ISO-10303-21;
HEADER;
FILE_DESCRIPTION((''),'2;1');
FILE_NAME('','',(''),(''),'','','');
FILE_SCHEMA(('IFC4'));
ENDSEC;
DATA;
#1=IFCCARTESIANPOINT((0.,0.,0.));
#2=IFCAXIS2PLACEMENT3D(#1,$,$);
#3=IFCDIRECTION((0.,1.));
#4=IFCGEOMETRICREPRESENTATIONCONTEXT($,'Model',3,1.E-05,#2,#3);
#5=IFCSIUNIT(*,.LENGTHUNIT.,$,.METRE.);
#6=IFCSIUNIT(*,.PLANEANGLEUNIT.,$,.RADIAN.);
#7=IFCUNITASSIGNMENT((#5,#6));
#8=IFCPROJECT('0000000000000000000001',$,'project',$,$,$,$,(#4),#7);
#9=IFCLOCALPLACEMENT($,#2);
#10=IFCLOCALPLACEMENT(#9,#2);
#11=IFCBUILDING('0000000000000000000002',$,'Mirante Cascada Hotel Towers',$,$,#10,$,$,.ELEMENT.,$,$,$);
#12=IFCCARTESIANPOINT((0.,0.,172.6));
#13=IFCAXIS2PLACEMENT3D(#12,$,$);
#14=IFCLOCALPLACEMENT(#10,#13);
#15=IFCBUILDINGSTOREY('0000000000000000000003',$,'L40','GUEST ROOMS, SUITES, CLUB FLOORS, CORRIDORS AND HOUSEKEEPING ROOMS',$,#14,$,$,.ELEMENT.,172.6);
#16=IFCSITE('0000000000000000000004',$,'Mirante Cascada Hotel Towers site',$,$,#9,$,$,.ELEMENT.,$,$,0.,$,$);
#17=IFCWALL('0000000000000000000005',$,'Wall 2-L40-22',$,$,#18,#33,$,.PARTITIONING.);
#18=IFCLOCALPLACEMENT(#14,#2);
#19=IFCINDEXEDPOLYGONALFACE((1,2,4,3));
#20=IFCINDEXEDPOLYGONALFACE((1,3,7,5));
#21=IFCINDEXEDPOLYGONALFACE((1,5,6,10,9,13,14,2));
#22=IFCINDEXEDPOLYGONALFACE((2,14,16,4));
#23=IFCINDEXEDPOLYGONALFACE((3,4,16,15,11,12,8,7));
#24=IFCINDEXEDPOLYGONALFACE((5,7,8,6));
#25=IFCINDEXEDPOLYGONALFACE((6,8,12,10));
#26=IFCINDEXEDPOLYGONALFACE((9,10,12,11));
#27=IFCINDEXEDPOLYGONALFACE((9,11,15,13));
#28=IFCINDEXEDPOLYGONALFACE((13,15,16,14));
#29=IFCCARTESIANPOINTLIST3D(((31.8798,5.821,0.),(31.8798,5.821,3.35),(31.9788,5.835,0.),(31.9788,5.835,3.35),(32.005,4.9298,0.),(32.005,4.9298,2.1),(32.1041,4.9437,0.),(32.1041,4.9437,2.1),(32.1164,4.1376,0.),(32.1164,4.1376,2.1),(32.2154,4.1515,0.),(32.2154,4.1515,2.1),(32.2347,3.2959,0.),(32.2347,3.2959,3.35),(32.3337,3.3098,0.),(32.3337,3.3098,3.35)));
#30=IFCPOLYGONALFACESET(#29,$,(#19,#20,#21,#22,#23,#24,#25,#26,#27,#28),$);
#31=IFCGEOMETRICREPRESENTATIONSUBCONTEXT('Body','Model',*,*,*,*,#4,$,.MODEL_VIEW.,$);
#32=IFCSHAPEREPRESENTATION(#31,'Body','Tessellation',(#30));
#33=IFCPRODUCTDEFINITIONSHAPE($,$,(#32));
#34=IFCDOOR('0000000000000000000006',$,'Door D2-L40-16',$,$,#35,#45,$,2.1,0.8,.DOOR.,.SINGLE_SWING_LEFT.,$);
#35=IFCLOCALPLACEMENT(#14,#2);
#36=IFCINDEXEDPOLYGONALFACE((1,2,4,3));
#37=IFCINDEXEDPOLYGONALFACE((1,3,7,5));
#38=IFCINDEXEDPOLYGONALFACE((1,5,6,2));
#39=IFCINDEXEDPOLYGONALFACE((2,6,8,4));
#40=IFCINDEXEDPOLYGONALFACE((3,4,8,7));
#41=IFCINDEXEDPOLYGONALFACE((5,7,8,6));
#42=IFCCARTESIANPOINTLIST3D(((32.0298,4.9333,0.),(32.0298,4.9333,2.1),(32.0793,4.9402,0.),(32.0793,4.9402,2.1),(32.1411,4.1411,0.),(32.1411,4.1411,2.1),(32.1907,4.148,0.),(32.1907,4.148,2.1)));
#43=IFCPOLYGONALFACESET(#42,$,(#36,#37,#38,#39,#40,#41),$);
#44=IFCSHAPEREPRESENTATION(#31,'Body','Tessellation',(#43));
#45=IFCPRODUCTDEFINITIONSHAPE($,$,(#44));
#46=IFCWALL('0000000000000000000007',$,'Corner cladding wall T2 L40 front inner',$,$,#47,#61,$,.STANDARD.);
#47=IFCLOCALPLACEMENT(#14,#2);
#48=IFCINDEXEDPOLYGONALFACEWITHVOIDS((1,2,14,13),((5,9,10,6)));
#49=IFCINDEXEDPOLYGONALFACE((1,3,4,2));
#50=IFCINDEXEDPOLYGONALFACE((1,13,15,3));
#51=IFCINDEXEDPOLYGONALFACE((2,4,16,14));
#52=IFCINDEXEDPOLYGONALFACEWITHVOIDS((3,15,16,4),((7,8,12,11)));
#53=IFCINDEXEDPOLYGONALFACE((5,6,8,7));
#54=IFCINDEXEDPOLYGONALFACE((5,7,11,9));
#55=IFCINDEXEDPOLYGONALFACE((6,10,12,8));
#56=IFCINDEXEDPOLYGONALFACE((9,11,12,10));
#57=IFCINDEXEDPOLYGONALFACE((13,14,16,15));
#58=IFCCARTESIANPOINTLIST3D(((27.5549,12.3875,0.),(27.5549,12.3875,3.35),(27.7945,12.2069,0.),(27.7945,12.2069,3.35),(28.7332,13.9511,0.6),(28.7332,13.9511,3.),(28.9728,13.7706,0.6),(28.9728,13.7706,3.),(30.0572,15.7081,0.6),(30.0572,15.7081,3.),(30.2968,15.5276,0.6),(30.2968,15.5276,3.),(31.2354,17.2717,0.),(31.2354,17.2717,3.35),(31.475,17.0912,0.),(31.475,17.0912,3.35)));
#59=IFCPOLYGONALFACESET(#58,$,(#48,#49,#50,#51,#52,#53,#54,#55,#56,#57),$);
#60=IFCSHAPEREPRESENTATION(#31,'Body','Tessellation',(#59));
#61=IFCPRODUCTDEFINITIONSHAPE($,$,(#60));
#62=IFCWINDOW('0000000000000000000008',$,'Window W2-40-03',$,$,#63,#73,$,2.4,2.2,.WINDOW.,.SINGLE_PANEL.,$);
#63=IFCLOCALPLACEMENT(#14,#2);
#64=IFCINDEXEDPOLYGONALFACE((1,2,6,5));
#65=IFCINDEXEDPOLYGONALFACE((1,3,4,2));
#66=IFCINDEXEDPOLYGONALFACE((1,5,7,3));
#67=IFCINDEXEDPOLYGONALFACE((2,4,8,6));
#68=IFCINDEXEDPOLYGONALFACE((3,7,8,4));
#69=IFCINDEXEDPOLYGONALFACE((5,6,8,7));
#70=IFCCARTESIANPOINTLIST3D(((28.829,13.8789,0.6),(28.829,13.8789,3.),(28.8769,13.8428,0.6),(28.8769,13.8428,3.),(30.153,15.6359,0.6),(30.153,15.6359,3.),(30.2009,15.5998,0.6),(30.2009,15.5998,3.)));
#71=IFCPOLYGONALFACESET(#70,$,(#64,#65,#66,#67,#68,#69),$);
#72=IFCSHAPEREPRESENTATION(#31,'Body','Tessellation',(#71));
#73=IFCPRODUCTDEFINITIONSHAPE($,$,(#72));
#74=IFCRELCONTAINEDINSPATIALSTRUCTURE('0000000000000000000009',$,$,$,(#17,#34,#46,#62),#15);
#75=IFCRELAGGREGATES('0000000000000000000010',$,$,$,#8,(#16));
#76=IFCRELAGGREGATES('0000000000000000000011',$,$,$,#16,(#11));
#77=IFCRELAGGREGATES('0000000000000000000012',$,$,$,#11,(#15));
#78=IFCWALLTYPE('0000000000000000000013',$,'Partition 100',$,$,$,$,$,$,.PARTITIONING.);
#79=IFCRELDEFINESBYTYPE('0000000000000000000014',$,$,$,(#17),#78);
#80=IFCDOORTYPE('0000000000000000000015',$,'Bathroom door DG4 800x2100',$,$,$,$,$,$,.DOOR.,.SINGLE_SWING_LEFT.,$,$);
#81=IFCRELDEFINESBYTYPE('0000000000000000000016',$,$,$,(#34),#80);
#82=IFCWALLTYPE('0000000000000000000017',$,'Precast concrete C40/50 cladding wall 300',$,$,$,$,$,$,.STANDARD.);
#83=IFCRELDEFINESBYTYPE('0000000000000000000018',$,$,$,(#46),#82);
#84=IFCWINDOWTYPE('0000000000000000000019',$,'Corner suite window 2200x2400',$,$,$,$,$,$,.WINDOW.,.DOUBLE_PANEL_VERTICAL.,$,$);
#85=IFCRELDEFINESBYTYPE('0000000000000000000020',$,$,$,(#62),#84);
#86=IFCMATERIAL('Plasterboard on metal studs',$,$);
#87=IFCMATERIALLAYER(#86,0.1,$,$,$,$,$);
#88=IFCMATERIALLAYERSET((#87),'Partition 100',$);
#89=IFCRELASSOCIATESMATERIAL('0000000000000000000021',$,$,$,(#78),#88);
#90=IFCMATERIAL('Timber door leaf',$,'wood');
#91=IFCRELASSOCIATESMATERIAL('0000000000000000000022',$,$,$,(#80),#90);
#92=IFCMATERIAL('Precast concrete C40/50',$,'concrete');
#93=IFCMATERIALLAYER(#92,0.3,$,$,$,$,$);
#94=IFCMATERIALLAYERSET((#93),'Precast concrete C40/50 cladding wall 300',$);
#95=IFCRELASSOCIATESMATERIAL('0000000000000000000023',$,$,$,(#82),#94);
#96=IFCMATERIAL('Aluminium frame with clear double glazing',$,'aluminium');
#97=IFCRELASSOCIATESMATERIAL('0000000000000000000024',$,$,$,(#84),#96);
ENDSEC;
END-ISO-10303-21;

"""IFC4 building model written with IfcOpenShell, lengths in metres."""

from ifc_helpers import new_model, si_unit, direction, frame, frame_2d, origin, place, context, subcontext, project, spatial, rectangle, extrude, material, layer, layer_set, type_object, element, fill, save


model = new_model("IFC4")

# Units and contexts
model_context = context("Model", 3, precision=1e-05, world=origin(), true_north=direction((0.0, 1.0)))
body_context = subcontext(model_context, "Body", "Model", "MODEL_VIEW")
ifc_project = project(units=[si_unit("LENGTHUNIT", "METRE"), si_unit("PLANEANGLEUNIT", "RADIAN")], contexts=[model_context])

# Site, building, storey
site_placement = place(None, origin())
site = spatial("IfcSite", under=ifc_project, at=site_placement, Name="Mirante Cascada Hotel Towers site", CompositionType="ELEMENT", RefElevation=0.0)
building_placement = place(site_placement, origin())
building = spatial("IfcBuilding", under=site, at=building_placement, Name="Mirante Cascada Hotel Towers", CompositionType="ELEMENT")
storey_placement = place(building_placement, frame((0.0, 0.0, 172.6)))
storey = spatial("IfcBuildingStorey", under=building, at=storey_placement, Name="L40", Description="GUEST ROOMS, SUITES, CLUB FLOORS, CORRIDORS AND HOUSEKEEPING ROOMS", CompositionType="ELEMENT", Elevation=172.6)

# Shared definitions
ifc_material_1 = material(Name="Plasterboard on metal studs")
ifc_layer_1 = layer(ifc_material_1, 0.1)
ifc_layer_set_1 = layer_set([ifc_layer_1], Name="Partition 100")
wall_type_1 = type_object("IfcWallType", Name="Partition 100", PredefinedType="PARTITIONING", material=ifc_layer_set_1)

# Wall, opening, door
wall_1_placement = place(storey_placement, frame((31.9293, 5.828, 0.0), z_axis=(0.0, 0.0, 1.0), x_axis=(0.139176, -0.990268, 0.0)))
wall_1 = element("IfcWall", 1, at=wall_1_placement, inside=storey, type_object=wall_type_1, Name="Wall 2-L40-22", PredefinedType="PARTITIONING", context=body_context, shape_type="SweptSolid", body=[
    extrude(rectangle(XDim=2.55, YDim=0.1, at=frame_2d((1.275, 0.0))), origin(), (0.0, 0.0, 1.0), 3.35),
])
opening_1_placement = place(wall_1_placement, frame((0.9, 0.0, 0.0)))
opening_1 = element("IfcOpeningElement", 2, at=opening_1_placement, cuts=wall_1, PredefinedType="OPENING", context=body_context, shape_type="SweptSolid", body=[
    extrude(rectangle(XDim=0.8, YDim=2.1, at=frame_2d((0.4, 1.05))), frame((0.0, 0.05, 0.0), z_axis=(0.0, -1.0, 0.0), x_axis=(1.0, 0.0, 0.0)), (0.0, 0.0, 1.0), 0.1),
])
ifc_material_2 = material(Name="Timber door leaf", Category="wood")
door_type_1 = type_object("IfcDoorType", Name="Bathroom door DG4 800x2100", OperationType="SINGLE_SWING_LEFT", PredefinedType="DOOR", material=ifc_material_2)
door_1_placement = place(opening_1_placement, origin())
door_1 = element("IfcDoor", 3, at=door_1_placement, inside=storey, type_object=door_type_1, Name="Door D2-L40-16", OperationType="SINGLE_SWING_LEFT", OverallHeight=2.1, OverallWidth=0.8, PredefinedType="DOOR", context=body_context, shape_type="SweptSolid", body=[
    extrude(rectangle(XDim=0.8, YDim=2.1, at=frame_2d((0.4, 1.05))), frame((0.0, 0.025, 0.0), z_axis=(0.0, -1.0, 0.0), x_axis=(1.0, 0.0, 0.0)), (0.0, 0.0, 1.0), 0.05),
])
fill(opening_1, door_1)

# Wall, opening, window
ifc_material_3 = material(Name="Precast concrete C40/50", Category="concrete")
ifc_layer_2 = layer(ifc_material_3, 0.3)
ifc_layer_set_2 = layer_set([ifc_layer_2], Name="Precast concrete C40/50 cladding wall 300")
wall_type_2 = type_object("IfcWallType", Name="Precast concrete C40/50 cladding wall 300", PredefinedType="STANDARD", material=ifc_layer_set_2)
wall_2_placement = place(storey_placement, frame((31.3552, 17.1814, 0.0), z_axis=(0.0, 0.0, 1.0), x_axis=(-0.601814, -0.798636, 0.0)))
wall_2 = element("IfcWall", 4, at=wall_2_placement, inside=storey, type_object=wall_type_2, Name="Corner cladding wall T2 L40 front inner", PredefinedType="STANDARD", context=body_context, shape_type="SweptSolid", body=[
    extrude(rectangle(XDim=6.1157, YDim=0.3, at=frame_2d((3.0578, 0.0))), origin(), (0.0, 0.0, 1.0), 3.35),
])
opening_2_placement = place(wall_2_placement, frame((1.9578, 0.0, 0.6)))
opening_2 = element("IfcOpeningElement", 5, at=opening_2_placement, cuts=wall_2, PredefinedType="OPENING", context=body_context, shape_type="SweptSolid", body=[
    extrude(rectangle(XDim=2.2, YDim=2.4, at=frame_2d((1.1, 1.2))), frame((0.0, 0.15, 0.0), z_axis=(0.0, -1.0, 0.0), x_axis=(1.0, 0.0, 0.0)), (0.0, 0.0, 1.0), 0.3),
])
ifc_material_4 = material(Name="Aluminium frame with clear double glazing", Category="aluminium")
window_type = type_object("IfcWindowType", Name="Corner suite window 2200x2400", PartitioningType="DOUBLE_PANEL_VERTICAL", PredefinedType="WINDOW", material=ifc_material_4)
window_placement = place(opening_2_placement, origin())
window = element("IfcWindow", 6, at=window_placement, inside=storey, type_object=window_type, Name="Window W2-40-03", OverallHeight=2.4, OverallWidth=2.2, PartitioningType="SINGLE_PANEL", PredefinedType="WINDOW", context=body_context, shape_type="SweptSolid", body=[
    extrude(rectangle(XDim=2.2, YDim=2.4, at=frame_2d((1.1, 1.2))), frame((0.0, 0.03, 0.0), z_axis=(0.0, -1.0, 0.0), x_axis=(1.0, 0.0, 0.0)), (0.0, 0.0, 1.0), 0.06),
])
fill(opening_2, window)

save(model, "model.ifc")
